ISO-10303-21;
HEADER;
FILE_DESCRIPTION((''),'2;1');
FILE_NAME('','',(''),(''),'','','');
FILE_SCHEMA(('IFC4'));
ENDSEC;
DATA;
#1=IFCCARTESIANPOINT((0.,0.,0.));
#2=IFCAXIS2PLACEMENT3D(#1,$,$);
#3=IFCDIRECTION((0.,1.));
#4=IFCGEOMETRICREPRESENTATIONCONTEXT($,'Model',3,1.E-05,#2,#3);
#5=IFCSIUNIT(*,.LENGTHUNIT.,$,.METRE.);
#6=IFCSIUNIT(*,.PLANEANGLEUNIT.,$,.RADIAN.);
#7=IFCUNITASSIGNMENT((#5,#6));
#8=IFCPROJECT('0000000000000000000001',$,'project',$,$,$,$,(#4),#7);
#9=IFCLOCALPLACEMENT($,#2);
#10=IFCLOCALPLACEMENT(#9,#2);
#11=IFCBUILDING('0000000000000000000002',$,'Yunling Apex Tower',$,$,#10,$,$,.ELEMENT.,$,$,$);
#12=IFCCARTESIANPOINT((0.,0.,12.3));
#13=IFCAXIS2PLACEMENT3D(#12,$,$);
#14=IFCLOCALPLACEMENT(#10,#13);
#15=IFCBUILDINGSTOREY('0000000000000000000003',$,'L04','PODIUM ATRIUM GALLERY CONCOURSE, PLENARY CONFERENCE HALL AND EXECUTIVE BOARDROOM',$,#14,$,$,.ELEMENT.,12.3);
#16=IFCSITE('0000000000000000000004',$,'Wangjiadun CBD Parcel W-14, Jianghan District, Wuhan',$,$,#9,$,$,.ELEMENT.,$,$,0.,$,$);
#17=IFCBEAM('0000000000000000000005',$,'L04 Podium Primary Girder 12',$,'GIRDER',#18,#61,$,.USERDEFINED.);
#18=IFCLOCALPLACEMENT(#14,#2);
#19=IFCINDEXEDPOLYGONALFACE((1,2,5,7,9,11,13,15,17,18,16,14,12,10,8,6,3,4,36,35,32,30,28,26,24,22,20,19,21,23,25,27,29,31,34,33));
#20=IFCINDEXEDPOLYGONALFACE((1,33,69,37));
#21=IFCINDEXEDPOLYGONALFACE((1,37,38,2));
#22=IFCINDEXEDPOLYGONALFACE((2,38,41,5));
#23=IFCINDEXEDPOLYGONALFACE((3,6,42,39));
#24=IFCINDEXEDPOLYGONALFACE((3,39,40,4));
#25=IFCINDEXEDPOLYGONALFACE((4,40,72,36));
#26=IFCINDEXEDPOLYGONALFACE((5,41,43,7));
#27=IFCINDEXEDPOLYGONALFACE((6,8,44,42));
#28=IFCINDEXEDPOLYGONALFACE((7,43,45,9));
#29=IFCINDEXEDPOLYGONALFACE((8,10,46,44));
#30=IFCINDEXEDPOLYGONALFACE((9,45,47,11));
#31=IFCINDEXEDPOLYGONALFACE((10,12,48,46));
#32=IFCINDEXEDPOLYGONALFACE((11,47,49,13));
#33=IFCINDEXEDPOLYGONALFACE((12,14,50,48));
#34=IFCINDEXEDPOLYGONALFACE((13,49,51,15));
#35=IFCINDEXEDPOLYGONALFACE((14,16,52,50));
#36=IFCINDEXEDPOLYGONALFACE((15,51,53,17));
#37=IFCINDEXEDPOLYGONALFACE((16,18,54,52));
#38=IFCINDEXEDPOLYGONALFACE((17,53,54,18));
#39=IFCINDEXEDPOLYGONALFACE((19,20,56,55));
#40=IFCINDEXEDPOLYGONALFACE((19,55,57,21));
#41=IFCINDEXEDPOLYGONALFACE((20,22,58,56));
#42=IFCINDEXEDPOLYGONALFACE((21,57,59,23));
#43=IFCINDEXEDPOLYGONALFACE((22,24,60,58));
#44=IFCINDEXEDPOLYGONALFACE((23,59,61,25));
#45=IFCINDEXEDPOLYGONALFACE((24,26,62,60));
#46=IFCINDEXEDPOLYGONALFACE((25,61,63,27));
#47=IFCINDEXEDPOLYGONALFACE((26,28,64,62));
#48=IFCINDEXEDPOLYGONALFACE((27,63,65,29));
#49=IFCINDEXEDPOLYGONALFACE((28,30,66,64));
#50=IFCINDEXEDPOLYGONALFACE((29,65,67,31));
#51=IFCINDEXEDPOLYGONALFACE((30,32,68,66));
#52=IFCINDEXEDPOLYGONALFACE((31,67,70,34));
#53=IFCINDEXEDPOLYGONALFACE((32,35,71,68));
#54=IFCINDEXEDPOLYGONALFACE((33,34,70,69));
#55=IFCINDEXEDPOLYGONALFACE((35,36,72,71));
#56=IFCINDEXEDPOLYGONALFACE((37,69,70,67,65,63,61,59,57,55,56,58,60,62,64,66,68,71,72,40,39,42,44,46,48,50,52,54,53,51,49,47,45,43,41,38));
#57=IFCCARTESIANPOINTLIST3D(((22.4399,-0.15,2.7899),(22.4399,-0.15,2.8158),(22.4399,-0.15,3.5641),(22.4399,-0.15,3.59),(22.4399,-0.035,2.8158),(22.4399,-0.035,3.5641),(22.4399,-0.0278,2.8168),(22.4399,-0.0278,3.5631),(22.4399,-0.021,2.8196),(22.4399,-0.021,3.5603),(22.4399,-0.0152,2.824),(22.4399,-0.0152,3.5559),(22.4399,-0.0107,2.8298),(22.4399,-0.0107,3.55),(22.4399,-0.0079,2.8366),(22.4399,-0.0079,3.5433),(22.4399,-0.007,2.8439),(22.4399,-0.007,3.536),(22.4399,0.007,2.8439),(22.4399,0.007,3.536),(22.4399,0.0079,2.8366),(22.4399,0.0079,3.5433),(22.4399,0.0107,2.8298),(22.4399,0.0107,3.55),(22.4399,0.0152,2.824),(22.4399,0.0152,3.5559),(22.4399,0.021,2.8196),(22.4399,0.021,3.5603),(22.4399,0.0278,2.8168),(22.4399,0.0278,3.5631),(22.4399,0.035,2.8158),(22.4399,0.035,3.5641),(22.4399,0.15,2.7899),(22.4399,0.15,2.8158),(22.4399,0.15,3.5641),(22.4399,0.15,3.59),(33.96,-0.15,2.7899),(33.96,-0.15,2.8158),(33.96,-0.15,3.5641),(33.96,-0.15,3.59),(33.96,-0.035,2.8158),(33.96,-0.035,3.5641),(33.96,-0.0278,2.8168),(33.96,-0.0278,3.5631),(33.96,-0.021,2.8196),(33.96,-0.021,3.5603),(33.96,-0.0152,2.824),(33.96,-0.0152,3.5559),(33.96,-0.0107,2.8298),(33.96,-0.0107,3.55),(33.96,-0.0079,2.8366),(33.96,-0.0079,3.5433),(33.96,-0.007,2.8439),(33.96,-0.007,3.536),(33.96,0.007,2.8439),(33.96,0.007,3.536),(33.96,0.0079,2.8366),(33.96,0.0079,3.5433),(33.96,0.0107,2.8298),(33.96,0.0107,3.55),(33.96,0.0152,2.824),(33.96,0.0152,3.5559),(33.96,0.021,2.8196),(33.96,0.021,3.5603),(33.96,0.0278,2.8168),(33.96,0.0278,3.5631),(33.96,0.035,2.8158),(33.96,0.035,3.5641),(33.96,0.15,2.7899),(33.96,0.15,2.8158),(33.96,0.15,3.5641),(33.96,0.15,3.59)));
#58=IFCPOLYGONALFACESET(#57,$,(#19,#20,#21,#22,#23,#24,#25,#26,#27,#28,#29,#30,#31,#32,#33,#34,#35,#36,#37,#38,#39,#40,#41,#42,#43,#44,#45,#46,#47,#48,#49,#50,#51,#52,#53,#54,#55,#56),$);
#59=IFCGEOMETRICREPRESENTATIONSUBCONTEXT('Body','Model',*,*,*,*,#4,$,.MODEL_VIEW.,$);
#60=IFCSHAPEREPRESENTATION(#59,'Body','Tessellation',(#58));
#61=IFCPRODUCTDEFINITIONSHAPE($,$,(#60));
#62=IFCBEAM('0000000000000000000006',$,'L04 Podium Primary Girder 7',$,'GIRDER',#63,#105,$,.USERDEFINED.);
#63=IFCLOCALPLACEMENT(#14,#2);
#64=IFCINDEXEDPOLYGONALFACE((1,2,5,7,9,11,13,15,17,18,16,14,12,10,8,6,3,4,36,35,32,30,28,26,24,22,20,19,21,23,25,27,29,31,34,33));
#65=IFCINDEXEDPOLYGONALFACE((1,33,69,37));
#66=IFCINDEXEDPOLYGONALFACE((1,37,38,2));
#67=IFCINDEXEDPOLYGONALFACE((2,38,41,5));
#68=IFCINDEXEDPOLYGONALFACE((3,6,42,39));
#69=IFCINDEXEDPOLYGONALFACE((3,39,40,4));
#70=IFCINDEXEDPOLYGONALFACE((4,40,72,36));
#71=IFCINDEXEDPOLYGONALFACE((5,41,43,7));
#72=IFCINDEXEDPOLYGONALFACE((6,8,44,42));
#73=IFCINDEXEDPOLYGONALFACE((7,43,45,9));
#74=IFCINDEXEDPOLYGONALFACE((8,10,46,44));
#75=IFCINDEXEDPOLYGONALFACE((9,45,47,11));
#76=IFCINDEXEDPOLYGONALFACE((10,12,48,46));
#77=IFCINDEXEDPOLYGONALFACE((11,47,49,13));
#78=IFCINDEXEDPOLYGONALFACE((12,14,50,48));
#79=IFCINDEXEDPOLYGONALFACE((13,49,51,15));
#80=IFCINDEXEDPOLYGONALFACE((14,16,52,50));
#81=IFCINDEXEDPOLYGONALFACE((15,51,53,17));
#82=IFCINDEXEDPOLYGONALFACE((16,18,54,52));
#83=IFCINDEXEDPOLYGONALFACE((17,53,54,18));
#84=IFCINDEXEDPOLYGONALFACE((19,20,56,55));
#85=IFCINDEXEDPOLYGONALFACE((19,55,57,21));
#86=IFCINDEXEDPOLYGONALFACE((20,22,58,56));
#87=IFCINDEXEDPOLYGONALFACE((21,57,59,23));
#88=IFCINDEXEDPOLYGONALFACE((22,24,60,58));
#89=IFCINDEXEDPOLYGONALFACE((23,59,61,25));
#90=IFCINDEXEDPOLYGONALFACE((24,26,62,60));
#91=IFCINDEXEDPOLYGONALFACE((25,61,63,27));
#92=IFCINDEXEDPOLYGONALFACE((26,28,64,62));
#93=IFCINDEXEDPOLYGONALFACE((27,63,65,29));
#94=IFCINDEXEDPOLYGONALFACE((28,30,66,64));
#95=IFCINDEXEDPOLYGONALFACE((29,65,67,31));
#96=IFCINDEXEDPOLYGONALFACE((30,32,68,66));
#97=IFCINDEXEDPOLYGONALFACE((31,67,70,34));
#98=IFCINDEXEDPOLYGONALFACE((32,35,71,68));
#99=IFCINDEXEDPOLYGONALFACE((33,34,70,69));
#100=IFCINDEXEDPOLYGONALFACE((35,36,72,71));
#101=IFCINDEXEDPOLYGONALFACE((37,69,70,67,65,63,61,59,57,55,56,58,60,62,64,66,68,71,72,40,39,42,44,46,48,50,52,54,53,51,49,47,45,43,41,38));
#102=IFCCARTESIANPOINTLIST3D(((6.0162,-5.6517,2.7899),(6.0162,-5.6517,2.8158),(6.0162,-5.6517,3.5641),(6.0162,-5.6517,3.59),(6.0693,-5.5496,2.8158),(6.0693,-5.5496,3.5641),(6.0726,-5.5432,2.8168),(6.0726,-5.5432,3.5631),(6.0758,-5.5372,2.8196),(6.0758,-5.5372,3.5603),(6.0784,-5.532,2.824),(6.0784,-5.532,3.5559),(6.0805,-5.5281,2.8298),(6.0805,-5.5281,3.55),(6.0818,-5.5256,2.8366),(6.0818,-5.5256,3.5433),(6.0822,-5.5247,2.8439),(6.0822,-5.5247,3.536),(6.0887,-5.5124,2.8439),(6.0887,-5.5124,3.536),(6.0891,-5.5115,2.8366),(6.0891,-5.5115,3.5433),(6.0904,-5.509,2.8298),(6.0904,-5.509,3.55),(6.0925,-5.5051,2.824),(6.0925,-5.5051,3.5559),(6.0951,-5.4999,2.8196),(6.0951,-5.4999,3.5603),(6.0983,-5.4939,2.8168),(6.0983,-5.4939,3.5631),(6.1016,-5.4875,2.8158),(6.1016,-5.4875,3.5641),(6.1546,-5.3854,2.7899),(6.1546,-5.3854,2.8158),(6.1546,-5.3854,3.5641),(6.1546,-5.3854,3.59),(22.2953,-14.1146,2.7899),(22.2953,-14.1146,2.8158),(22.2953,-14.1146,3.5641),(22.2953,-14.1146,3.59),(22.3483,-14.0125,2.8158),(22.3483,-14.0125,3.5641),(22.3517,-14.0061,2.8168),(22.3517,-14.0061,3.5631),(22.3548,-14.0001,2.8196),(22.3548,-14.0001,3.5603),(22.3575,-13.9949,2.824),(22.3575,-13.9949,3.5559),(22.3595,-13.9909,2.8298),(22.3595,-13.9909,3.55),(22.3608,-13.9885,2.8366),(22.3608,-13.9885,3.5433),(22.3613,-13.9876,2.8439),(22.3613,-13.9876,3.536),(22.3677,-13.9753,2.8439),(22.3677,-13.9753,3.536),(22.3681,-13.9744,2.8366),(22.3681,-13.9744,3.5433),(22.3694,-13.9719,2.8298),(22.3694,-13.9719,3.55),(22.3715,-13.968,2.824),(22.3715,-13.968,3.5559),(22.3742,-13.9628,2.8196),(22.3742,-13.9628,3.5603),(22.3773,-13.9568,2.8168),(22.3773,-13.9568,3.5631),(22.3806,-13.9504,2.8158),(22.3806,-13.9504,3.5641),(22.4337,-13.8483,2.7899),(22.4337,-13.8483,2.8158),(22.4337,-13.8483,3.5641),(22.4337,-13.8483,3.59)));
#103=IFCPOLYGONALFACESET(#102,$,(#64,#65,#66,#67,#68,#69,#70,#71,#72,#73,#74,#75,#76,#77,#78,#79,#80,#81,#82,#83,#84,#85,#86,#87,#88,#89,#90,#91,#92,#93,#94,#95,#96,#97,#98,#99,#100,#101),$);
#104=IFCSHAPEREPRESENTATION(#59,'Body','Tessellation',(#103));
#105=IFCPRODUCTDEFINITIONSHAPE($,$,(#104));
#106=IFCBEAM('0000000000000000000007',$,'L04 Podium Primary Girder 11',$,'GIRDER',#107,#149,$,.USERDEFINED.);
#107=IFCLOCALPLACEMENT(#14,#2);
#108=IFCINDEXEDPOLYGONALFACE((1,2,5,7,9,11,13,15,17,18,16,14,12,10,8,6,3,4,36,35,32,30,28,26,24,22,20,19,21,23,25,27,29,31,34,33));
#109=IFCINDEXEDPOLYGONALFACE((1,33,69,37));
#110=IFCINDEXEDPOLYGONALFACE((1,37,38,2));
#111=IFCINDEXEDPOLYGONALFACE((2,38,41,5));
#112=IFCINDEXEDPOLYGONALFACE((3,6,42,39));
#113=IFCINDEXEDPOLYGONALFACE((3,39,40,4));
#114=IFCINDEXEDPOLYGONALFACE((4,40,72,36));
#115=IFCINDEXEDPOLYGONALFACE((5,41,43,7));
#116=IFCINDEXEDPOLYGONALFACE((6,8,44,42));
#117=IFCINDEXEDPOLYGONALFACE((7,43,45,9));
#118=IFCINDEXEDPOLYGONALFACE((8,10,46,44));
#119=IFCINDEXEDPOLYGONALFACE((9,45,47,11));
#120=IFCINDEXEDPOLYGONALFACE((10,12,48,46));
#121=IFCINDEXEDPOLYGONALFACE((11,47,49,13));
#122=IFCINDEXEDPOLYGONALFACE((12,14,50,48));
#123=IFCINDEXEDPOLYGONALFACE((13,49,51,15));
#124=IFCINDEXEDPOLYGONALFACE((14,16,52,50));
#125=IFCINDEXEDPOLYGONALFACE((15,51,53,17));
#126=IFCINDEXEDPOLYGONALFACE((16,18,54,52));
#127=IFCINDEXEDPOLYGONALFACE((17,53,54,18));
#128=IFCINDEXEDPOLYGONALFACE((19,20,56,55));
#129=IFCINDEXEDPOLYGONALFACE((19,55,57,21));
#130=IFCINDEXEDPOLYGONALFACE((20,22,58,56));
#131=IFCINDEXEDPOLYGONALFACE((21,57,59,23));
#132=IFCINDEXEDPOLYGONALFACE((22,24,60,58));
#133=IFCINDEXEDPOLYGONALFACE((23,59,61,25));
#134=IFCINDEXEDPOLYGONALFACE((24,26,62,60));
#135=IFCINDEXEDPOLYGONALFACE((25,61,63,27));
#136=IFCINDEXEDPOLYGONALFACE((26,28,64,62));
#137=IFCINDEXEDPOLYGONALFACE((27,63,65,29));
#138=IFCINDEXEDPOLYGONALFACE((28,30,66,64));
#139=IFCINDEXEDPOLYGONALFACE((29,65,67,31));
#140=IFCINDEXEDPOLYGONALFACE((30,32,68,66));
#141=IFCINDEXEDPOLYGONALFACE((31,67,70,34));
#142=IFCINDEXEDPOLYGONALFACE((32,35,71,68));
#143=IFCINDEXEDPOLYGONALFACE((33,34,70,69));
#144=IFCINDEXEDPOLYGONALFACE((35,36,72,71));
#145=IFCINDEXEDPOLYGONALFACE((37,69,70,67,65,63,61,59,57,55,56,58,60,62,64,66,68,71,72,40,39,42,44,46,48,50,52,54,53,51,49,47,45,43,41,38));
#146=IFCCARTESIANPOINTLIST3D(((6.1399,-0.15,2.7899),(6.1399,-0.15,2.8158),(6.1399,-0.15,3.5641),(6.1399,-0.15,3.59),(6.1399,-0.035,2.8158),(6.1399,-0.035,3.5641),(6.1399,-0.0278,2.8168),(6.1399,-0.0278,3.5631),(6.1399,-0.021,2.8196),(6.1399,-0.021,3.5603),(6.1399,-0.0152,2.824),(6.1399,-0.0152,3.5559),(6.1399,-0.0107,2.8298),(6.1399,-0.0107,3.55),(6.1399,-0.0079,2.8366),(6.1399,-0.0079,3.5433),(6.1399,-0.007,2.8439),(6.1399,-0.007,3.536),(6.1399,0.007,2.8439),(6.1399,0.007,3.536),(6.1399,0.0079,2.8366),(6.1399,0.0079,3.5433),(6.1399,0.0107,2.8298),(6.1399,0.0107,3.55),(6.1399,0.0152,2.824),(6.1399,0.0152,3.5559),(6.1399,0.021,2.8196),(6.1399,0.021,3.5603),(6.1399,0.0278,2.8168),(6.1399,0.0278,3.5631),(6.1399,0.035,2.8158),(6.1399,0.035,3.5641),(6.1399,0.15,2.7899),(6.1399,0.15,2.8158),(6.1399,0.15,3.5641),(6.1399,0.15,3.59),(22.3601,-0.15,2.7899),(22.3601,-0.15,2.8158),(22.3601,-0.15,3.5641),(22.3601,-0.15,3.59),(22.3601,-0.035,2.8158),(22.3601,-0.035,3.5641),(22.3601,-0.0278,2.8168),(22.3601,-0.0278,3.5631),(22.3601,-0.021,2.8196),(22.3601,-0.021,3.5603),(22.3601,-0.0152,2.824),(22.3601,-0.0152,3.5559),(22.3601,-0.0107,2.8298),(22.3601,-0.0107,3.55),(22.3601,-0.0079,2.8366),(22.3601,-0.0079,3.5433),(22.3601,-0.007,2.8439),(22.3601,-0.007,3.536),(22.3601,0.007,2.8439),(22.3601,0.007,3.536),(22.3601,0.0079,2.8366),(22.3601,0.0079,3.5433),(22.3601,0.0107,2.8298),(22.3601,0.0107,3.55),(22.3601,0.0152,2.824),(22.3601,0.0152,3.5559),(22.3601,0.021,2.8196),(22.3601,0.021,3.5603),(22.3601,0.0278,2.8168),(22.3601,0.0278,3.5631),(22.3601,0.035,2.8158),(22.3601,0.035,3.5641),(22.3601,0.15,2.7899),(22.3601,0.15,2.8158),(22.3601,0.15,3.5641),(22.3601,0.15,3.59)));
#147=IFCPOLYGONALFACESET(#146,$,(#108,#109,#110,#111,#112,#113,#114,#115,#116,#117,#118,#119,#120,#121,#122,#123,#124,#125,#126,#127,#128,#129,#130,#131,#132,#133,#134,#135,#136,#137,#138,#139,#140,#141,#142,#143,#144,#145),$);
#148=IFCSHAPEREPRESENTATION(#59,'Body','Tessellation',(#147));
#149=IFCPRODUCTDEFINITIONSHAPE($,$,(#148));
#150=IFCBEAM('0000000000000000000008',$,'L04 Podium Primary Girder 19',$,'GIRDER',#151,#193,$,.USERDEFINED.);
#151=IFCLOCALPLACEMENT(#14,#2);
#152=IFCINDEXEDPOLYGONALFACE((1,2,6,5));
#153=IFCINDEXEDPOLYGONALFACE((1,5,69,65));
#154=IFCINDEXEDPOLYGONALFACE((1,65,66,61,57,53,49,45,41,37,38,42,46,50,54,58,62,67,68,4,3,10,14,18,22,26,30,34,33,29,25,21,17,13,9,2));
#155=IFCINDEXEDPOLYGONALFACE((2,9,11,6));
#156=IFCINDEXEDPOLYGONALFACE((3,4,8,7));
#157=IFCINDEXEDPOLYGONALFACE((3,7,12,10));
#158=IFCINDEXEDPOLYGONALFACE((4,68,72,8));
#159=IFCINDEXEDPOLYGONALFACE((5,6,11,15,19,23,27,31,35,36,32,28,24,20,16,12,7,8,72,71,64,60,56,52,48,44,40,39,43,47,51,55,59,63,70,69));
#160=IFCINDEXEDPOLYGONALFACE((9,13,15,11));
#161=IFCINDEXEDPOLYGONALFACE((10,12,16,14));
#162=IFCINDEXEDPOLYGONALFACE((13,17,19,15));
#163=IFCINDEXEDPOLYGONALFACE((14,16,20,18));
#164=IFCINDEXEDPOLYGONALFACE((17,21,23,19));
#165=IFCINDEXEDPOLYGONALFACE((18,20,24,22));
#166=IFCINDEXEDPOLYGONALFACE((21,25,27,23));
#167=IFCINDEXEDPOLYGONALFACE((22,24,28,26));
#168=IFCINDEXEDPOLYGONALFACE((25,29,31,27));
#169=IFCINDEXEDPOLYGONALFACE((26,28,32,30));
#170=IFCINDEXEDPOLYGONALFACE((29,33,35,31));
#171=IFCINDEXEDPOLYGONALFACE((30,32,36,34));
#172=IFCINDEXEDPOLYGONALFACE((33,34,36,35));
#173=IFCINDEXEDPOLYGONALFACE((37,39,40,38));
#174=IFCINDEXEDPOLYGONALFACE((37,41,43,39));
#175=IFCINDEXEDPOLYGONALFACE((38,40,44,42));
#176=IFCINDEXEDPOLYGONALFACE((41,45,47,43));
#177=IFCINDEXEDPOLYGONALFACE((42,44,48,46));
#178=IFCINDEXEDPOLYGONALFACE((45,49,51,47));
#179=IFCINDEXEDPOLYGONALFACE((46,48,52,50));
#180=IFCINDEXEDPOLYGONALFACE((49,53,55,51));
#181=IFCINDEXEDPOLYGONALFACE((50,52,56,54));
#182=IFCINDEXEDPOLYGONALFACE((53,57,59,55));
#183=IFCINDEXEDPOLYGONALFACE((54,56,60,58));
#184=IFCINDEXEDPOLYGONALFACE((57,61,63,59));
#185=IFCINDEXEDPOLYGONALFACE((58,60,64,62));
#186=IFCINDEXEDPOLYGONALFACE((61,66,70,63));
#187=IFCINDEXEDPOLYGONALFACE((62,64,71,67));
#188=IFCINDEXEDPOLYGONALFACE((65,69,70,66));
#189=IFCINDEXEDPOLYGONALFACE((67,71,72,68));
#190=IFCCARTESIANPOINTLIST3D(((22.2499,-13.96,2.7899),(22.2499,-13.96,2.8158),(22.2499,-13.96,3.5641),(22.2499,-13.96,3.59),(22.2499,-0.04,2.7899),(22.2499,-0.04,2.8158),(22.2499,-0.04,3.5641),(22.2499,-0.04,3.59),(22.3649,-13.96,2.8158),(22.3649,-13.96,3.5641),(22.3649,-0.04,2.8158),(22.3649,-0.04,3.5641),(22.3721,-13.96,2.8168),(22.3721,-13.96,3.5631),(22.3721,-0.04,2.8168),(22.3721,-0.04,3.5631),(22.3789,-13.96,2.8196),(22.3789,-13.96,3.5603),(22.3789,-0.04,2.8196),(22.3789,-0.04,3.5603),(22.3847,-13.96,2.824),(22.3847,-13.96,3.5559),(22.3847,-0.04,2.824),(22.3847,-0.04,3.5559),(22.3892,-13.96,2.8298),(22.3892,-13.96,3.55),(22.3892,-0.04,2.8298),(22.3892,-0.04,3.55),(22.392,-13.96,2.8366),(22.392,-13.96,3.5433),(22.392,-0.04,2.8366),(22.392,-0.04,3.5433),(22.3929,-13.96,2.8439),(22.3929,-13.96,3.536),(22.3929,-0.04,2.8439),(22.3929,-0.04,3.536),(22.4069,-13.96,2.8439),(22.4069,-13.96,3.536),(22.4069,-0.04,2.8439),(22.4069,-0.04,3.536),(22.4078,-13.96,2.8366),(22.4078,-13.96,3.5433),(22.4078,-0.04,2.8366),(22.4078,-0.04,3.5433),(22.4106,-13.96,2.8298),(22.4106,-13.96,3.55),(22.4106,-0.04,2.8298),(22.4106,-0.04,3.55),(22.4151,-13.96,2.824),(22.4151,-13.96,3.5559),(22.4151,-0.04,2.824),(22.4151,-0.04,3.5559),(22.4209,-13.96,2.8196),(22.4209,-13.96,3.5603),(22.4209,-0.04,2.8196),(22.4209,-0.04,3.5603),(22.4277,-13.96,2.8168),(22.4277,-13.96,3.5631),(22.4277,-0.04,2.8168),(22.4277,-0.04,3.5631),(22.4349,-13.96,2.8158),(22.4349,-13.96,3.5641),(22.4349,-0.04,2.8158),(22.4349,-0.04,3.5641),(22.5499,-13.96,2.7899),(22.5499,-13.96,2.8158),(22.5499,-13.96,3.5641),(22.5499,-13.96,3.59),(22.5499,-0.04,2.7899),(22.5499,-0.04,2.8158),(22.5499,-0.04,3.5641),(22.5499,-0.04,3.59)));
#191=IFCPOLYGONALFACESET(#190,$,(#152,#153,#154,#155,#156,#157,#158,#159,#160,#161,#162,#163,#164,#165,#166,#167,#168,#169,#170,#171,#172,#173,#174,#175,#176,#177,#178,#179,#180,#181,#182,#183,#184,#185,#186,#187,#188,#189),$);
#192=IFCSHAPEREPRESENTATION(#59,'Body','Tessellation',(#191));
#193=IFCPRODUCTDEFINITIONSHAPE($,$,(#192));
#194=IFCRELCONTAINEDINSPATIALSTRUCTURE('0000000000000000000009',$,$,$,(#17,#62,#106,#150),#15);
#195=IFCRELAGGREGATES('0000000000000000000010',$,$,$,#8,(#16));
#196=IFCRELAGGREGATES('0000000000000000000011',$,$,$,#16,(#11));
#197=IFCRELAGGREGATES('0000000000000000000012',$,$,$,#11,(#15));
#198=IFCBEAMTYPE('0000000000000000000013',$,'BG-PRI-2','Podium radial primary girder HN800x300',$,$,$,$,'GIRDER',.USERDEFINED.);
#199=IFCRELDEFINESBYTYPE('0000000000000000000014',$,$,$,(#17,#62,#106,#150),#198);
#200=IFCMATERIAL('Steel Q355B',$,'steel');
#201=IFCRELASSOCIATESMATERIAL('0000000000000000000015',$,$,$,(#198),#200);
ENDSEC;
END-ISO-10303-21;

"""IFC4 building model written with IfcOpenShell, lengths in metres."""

from ifc_helpers import new_model, si_unit, direction, frame, origin, origin_2d, place, context, subcontext, project, spatial, i_section, extrude, source, transform, mapped, material, material_profile, profile_set, type_object, element, save


model = new_model("IFC4")

# Units and contexts
model_context = context("Model", 3, precision=1e-05, world=origin(), true_north=direction((0.0, 1.0)))
body_context = subcontext(model_context, "Body", "Model", "MODEL_VIEW")
ifc_project = project(units=[si_unit("LENGTHUNIT", "METRE"), si_unit("PLANEANGLEUNIT", "RADIAN")], contexts=[model_context])

# Site, building, storey
site_placement = place(None, origin())
site = spatial("IfcSite", under=ifc_project, at=site_placement, Name="Wangjiadun CBD Parcel W-14, Jianghan District, Wuhan", CompositionType="ELEMENT", RefElevation=0.0)
building_placement = place(site_placement, origin())
building = spatial("IfcBuilding", under=site, at=building_placement, Name="Yunling Apex Tower", CompositionType="ELEMENT")
storey_placement = place(building_placement, frame((0.0, 0.0, 12.3)))
storey = spatial("IfcBuildingStorey", under=building, at=storey_placement, Name="L04", Description="PODIUM ATRIUM GALLERY CONCOURSE, PLENARY CONFERENCE HALL AND EXECUTIVE BOARDROOM", CompositionType="ELEMENT", Elevation=12.3)

# Beams
ifc_material_1 = material(Name="Steel Q355B", Category="steel")
ifc_material_profile_1 = material_profile(ifc_material_1, i_section(OverallWidth=0.3, OverallDepth=0.8, WebThickness=0.0139, FlangeThickness=0.0259, FilletRadius=0.0281, at=origin_2d()))
ifc_profile_set_1 = profile_set([ifc_material_profile_1], Name="Steel Q355B")
beam_type_1 = type_object("IfcBeamType", Name="BG-PRI-2", Description="Podium radial primary girder HN800x300", ElementType="GIRDER", PredefinedType="USERDEFINED", material=ifc_profile_set_1)
shared_shape_1 = source(origin(), body_context, "Body", "SweptSolid", [
    extrude(i_section(OverallWidth=0.3, OverallDepth=0.8, WebThickness=0.0139, FlangeThickness=0.0259, FilletRadius=0.0281, at=origin_2d()), origin(), (0.0, 0.0, 1.0), 11.52),
])
beam_1_placement = place(storey_placement, frame((22.4399, 0.0, 3.1899), z_axis=(1.0, 0.0, 0.0), x_axis=(0.0, 1.0, 0.0)))
element("IfcBeam", 1, at=beam_1_placement, inside=storey, type_object=beam_type_1, Name="L04 Podium Primary Girder 12", ObjectType="GIRDER", PredefinedType="USERDEFINED", context=body_context, shape_type="MappedRepresentation", body=[
    mapped(shared_shape_1, transform((0.0, 0.0, 0.0), scale=1.0)),
])
shared_shape_2 = source(origin(), body_context, "Body", "SweptSolid", [
    extrude(i_section(OverallWidth=0.3, OverallDepth=0.8, WebThickness=0.0139, FlangeThickness=0.0259, FilletRadius=0.0281, at=origin_2d()), origin(), (0.0, 0.0, 1.0), 18.3474),
])
beam_2_placement = place(storey_placement, frame((6.0854, -5.5186, 3.1899), z_axis=(0.887266, -0.461258, 0.0), x_axis=(0.461258, 0.887266, 0.0)))
element("IfcBeam", 2, at=beam_2_placement, inside=storey, type_object=beam_type_1, Name="L04 Podium Primary Girder 7", ObjectType="GIRDER", PredefinedType="USERDEFINED", context=body_context, shape_type="MappedRepresentation", body=[
    mapped(shared_shape_2, transform((0.0, 0.0, 0.0), scale=1.0)),
])
shared_shape_3 = source(origin(), body_context, "Body", "SweptSolid", [
    extrude(i_section(OverallWidth=0.3, OverallDepth=0.8, WebThickness=0.0139, FlangeThickness=0.0259, FilletRadius=0.0281, at=origin_2d()), origin(), (0.0, 0.0, 1.0), 16.2202),
])
beam_3_placement = place(storey_placement, frame((6.1399, 0.0, 3.1899), z_axis=(1.0, 0.0, 0.0), x_axis=(0.0, 1.0, 0.0)))
element("IfcBeam", 3, at=beam_3_placement, inside=storey, type_object=beam_type_1, Name="L04 Podium Primary Girder 11", ObjectType="GIRDER", PredefinedType="USERDEFINED", context=body_context, shape_type="MappedRepresentation", body=[
    mapped(shared_shape_3, transform((0.0, 0.0, 0.0), scale=1.0)),
])
shared_shape_4 = source(origin(), body_context, "Body", "SweptSolid", [
    extrude(i_section(OverallWidth=0.3, OverallDepth=0.8, WebThickness=0.0139, FlangeThickness=0.0259, FilletRadius=0.0281, at=origin_2d()), origin(), (0.0, 0.0, 1.0), 13.9199),
])
beam_4_placement = place(storey_placement, frame((22.3999, -0.04, 3.1899), z_axis=(0.0, -1.0, 0.0), x_axis=(1.0, 0.0, 0.0)))
element("IfcBeam", 4, at=beam_4_placement, inside=storey, type_object=beam_type_1, Name="L04 Podium Primary Girder 19", ObjectType="GIRDER", PredefinedType="USERDEFINED", context=body_context, shape_type="MappedRepresentation", body=[
    mapped(shared_shape_4, transform((0.0, 0.0, 0.0), scale=1.0)),
])

save(model, "model.ifc")
